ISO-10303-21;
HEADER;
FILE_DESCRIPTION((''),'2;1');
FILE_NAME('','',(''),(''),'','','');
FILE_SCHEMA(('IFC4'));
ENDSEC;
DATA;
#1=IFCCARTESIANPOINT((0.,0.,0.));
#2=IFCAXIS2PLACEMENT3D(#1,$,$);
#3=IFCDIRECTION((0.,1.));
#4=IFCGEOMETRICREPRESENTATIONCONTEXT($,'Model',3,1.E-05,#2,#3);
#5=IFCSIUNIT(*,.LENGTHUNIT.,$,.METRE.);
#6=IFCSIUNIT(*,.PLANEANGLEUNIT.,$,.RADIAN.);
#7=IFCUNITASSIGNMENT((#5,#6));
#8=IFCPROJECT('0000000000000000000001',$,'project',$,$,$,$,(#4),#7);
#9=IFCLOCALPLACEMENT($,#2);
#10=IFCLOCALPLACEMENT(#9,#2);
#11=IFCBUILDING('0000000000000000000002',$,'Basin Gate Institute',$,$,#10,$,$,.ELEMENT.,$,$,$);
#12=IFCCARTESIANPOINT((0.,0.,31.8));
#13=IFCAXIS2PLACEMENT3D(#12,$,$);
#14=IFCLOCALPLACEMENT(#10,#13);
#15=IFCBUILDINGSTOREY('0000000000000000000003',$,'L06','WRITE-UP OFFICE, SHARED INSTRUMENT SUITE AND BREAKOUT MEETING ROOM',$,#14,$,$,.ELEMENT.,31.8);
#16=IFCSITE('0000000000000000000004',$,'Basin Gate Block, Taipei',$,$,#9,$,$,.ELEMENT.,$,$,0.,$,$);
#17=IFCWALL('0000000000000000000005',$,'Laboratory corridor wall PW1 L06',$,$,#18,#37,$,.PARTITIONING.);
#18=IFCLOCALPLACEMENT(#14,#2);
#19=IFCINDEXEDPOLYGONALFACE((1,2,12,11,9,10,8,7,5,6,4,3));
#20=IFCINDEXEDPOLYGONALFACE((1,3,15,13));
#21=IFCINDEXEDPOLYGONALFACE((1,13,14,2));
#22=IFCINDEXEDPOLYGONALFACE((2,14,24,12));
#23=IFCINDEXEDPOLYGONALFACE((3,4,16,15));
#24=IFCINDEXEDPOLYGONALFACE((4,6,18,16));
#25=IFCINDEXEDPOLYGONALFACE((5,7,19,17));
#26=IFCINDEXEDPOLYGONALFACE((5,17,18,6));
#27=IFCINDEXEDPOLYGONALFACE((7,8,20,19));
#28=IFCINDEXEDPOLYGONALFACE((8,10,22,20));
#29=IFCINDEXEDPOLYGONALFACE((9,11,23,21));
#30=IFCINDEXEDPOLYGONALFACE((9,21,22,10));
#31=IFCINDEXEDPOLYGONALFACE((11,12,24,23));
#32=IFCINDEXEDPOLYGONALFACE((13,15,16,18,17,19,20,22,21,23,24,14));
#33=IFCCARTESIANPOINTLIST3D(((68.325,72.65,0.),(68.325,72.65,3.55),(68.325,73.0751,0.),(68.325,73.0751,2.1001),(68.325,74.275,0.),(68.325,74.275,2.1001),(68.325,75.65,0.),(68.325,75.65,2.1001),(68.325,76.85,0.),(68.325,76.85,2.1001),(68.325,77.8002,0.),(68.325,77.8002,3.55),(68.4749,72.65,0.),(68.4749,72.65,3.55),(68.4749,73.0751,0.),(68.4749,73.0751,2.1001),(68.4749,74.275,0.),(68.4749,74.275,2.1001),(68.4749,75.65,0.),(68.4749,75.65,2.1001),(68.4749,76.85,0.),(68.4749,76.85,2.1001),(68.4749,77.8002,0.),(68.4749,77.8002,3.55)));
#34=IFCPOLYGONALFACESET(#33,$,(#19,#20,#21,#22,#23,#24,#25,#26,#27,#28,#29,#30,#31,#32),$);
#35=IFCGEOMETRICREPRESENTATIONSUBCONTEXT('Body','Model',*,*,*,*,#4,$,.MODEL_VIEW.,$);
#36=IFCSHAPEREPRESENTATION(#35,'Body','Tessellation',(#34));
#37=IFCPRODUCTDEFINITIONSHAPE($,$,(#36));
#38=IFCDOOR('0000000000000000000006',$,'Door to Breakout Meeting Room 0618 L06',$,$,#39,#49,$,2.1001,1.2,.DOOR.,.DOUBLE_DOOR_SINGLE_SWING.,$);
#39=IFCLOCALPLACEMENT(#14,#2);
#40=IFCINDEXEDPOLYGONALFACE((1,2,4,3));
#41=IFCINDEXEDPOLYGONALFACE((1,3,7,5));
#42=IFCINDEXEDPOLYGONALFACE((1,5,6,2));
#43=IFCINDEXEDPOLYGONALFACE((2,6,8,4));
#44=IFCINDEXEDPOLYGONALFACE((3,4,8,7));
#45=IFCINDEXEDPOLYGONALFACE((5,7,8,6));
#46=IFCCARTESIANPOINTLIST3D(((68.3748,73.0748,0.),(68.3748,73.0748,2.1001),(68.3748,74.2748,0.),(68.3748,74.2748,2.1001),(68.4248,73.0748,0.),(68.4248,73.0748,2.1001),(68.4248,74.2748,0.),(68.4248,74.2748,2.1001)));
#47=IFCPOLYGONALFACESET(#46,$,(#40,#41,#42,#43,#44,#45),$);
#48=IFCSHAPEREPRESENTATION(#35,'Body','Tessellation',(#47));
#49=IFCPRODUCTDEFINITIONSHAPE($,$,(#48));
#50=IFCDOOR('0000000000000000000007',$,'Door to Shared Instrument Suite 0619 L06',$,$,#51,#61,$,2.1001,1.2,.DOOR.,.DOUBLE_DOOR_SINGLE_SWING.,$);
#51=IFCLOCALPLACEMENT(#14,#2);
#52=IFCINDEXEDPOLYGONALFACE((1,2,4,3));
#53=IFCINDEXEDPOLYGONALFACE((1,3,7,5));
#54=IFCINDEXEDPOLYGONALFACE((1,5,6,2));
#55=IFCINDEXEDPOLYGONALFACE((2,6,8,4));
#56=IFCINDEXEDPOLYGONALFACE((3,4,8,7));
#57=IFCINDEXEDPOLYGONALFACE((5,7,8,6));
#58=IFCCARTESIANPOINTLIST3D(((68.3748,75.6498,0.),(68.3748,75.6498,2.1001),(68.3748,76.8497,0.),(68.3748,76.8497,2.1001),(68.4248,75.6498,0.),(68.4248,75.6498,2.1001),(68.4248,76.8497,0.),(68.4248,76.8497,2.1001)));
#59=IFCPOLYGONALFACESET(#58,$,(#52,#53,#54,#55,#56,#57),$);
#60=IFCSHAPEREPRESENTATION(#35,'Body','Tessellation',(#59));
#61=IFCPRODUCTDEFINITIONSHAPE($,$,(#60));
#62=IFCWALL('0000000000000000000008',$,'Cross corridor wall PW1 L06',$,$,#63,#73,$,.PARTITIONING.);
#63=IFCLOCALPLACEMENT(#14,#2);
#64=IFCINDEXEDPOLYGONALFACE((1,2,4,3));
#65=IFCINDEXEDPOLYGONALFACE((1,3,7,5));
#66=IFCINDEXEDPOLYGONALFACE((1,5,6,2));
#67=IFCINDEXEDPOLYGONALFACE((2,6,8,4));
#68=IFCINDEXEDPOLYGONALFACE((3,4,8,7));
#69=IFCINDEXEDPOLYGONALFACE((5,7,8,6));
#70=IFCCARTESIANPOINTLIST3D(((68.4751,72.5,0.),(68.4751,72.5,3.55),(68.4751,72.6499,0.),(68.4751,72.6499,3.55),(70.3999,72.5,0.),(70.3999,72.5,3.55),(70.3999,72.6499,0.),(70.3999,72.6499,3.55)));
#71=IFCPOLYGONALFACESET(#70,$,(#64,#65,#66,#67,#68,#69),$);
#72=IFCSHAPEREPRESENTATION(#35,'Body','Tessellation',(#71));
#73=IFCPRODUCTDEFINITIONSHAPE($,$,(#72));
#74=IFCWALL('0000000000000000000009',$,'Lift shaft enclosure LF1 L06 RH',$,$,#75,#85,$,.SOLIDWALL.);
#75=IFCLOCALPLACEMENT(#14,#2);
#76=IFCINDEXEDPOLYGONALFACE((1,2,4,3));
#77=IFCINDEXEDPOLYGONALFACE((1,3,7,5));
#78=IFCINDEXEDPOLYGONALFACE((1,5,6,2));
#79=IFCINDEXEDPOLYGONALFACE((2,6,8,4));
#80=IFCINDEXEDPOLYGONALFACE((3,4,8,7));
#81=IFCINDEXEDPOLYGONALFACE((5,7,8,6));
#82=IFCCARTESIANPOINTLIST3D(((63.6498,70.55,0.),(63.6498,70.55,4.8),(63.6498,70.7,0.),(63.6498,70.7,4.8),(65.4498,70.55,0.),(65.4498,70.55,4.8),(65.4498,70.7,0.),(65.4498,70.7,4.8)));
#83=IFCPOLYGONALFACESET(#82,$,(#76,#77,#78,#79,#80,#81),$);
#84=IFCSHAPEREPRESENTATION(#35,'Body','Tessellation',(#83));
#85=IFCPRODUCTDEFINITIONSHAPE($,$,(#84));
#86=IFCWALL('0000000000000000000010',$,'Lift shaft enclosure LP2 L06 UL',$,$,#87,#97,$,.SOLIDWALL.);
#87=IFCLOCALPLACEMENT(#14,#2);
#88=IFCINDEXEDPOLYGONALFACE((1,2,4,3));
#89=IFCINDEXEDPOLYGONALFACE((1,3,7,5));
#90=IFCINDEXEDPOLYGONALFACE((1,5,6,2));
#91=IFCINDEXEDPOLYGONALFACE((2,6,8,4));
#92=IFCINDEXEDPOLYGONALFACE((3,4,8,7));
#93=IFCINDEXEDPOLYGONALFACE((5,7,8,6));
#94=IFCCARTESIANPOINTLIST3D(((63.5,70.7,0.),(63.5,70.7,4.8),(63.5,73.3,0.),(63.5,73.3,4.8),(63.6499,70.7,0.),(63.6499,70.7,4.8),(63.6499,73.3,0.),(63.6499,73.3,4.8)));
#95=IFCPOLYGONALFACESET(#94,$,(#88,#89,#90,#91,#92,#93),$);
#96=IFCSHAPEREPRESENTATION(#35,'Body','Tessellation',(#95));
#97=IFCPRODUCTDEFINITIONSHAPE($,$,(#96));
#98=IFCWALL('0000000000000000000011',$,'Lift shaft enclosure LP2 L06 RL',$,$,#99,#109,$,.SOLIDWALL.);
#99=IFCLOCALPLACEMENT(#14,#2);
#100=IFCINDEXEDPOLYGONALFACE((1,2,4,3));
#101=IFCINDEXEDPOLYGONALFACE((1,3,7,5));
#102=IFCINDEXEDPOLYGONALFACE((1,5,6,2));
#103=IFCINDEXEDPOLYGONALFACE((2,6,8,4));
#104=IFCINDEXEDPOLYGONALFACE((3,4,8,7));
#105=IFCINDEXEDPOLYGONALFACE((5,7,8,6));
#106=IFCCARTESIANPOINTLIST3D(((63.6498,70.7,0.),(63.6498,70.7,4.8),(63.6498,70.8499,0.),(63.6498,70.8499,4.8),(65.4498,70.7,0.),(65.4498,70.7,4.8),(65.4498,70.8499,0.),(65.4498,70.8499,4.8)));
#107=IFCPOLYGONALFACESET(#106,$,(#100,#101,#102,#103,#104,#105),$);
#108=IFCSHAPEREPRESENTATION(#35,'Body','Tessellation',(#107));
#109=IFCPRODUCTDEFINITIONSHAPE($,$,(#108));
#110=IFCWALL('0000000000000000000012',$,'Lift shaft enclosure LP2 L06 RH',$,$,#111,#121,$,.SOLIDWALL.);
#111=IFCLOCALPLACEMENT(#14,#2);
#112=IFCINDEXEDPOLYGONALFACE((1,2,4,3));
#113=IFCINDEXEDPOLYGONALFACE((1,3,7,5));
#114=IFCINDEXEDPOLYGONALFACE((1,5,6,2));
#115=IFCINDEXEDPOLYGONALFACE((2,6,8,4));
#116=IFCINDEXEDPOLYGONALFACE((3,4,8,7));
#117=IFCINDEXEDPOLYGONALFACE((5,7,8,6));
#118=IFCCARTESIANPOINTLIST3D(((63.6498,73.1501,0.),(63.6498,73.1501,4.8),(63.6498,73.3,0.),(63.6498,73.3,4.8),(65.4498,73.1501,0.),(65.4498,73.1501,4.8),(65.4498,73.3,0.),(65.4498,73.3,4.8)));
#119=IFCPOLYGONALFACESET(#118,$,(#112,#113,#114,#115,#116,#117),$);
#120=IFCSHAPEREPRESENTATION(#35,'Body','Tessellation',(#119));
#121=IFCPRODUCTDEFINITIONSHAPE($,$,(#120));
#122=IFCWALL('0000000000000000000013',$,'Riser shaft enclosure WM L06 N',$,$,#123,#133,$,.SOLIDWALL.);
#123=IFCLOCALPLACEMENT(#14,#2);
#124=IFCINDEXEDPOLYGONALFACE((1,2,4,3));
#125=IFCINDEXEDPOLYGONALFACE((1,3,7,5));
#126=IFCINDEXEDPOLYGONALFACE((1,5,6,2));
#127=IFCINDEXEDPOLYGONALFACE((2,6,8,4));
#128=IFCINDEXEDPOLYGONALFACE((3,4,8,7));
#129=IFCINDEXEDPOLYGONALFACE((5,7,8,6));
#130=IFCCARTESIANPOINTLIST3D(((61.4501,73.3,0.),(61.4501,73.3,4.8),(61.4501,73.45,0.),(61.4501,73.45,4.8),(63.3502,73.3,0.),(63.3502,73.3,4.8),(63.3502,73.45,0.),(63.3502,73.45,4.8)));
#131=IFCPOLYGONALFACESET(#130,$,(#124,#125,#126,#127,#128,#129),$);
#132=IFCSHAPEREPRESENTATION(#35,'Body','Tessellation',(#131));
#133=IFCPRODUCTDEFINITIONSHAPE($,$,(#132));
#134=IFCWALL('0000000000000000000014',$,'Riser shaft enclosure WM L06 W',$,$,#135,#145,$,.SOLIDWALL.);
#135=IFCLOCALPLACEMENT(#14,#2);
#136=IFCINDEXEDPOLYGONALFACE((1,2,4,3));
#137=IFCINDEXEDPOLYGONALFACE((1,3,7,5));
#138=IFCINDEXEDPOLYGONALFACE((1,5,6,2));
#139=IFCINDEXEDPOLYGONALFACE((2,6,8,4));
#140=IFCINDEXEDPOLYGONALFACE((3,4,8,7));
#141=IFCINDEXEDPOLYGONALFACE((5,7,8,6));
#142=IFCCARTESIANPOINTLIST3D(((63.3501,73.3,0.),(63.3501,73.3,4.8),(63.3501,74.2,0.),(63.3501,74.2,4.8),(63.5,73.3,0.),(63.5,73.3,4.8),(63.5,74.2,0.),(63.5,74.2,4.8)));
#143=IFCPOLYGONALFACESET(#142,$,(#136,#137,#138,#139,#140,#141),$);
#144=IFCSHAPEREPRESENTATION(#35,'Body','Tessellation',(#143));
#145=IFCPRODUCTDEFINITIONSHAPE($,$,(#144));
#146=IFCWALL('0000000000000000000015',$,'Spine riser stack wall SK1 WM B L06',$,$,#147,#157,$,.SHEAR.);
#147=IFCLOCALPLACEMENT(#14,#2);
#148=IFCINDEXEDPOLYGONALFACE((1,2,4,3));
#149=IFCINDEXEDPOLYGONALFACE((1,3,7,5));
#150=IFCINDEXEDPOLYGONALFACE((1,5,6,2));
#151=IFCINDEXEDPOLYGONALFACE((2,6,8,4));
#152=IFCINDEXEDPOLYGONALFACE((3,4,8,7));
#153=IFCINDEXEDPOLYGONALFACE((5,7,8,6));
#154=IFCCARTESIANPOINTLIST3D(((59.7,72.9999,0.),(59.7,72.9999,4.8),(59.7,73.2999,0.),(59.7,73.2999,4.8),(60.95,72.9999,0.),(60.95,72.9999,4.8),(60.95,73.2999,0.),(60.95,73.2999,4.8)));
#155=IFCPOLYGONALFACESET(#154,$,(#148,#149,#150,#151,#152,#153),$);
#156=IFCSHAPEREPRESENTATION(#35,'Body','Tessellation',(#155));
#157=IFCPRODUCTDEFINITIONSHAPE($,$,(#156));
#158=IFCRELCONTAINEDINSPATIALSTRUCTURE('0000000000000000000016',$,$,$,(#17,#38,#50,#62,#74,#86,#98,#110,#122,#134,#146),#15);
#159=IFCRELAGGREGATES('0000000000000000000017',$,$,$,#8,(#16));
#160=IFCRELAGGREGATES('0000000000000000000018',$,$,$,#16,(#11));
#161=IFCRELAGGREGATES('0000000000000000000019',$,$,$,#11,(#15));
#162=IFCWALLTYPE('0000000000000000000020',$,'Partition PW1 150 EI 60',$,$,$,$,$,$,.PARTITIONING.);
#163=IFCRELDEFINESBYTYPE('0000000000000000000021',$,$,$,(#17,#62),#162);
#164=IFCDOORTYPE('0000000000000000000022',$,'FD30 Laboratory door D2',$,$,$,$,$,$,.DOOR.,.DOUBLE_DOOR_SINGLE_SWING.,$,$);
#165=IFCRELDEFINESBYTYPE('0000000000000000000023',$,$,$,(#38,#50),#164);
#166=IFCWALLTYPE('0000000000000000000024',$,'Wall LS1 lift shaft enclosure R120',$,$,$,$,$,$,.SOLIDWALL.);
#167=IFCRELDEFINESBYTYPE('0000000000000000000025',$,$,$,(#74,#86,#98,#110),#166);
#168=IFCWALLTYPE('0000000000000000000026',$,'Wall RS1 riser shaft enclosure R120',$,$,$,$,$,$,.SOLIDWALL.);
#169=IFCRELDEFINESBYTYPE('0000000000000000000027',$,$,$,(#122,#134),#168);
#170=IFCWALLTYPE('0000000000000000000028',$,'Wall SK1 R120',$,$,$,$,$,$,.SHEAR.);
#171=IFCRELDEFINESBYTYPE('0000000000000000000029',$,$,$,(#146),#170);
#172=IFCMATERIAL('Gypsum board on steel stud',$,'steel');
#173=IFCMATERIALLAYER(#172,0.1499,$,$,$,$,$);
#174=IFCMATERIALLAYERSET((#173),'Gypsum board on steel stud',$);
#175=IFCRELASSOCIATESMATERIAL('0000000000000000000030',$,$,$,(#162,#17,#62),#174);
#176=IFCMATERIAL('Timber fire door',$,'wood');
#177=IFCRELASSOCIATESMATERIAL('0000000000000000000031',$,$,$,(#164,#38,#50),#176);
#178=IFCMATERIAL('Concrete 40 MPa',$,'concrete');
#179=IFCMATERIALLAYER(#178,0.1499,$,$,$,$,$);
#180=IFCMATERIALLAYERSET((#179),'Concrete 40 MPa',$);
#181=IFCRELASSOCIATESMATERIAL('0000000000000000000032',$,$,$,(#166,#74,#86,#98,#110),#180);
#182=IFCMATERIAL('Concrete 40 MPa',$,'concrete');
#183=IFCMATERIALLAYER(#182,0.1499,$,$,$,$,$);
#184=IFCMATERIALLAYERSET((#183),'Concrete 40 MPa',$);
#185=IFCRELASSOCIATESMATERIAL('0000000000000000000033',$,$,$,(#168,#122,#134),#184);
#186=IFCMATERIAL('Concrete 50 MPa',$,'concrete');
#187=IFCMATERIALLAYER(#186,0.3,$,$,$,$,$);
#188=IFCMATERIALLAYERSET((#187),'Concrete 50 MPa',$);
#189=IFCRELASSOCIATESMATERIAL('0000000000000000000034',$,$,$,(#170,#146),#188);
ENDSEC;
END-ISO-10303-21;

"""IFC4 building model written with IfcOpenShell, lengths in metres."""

from ifc_helpers import new_model, si_unit, direction, frame, frame_2d, origin, place, context, subcontext, project, spatial, rectangle, extrude, material, layer, layer_set, type_object, element, fill, save


model = new_model("IFC4")

# Units and contexts
model_context = context("Model", 3, precision=1e-05, world=origin(), true_north=direction((0.0, 1.0)))
body_context = subcontext(model_context, "Body", "Model", "MODEL_VIEW")
ifc_project = project(units=[si_unit("LENGTHUNIT", "METRE"), si_unit("PLANEANGLEUNIT", "RADIAN")], contexts=[model_context])

# Site, building, storey
site_placement = place(None, origin())
site = spatial("IfcSite", under=ifc_project, at=site_placement, Name="Basin Gate Block, Taipei", CompositionType="ELEMENT", RefElevation=0.0)
building_placement = place(site_placement, origin())
building = spatial("IfcBuilding", under=site, at=building_placement, Name="Basin Gate Institute", CompositionType="ELEMENT")
storey_placement = place(building_placement, frame((0.0, 0.0, 31.8)))
storey = spatial("IfcBuildingStorey", under=building, at=storey_placement, Name="L06", Description="WRITE-UP OFFICE, SHARED INSTRUMENT SUITE AND BREAKOUT MEETING ROOM", CompositionType="ELEMENT", Elevation=31.8)

# Shared definitions
ifc_material_1 = material(Name="Gypsum board on steel stud", Category="steel")
ifc_layer_1 = layer(ifc_material_1, 0.1499)
ifc_layer_set_1 = layer_set([ifc_layer_1], Name="Gypsum board on steel stud")
wall_type_1 = type_object("IfcWallType", Name="Partition PW1 150 EI 60", PredefinedType="PARTITIONING", material=ifc_layer_set_1)

# Wall, openings, doors
wall_1_placement = place(storey_placement, frame((68.3999, 72.6499, 0.0), z_axis=(0.0, 0.0, 1.0), x_axis=(0.0, 1.0, 0.0)))
wall_1 = element("IfcWall", 1, at=wall_1_placement, inside=storey, type_object=wall_type_1, material=ifc_layer_set_1, Name="Laboratory corridor wall PW1 L06", PredefinedType="PARTITIONING", context=body_context, shape_type="SweptSolid", body=[
    extrude(rectangle(XDim=5.1501, YDim=0.1499, at=frame_2d((2.5752, 0.0))), origin(), (0.0, 0.0, 1.0), 3.55),
])
opening_1_placement = place(wall_1_placement, frame((0.425, 0.0, 0.0)))
opening_1 = element("IfcOpeningElement", 2, at=opening_1_placement, cuts=wall_1, PredefinedType="OPENING", context=body_context, shape_type="SweptSolid", body=[
    extrude(rectangle(XDim=1.2, YDim=2.1001, at=frame_2d((0.6001, 1.05))), frame((0.0, 0.085, 0.0), z_axis=(0.0, -1.0, 0.0), x_axis=(1.0, 0.0, 0.0)), (0.0, 0.0, 1.0), 0.1699),
])
opening_2_placement = place(wall_1_placement, frame((3.0, 0.0, 0.0)))
opening_2 = element("IfcOpeningElement", 3, at=opening_2_placement, cuts=wall_1, PredefinedType="OPENING", context=body_context, shape_type="SweptSolid", body=[
    extrude(rectangle(XDim=1.2, YDim=2.1001, at=frame_2d((0.6001, 1.05))), frame((0.0, 0.085, 0.0), z_axis=(0.0, -1.0, 0.0), x_axis=(1.0, 0.0, 0.0)), (0.0, 0.0, 1.0), 0.1699),
])
ifc_material_2 = material(Name="Timber fire door", Category="wood")
door_type_1 = type_object("IfcDoorType", Name="FD30 Laboratory door D2", OperationType="DOUBLE_DOOR_SINGLE_SWING", PredefinedType="DOOR", material=ifc_material_2)
door_1_placement = place(opening_1_placement, frame((1.2, 0.0, 0.0), z_axis=(0.0, 0.0, 1.0), x_axis=(-1.0, 0.0, 0.0)))
door_1 = element("IfcDoor", 4, at=door_1_placement, inside=storey, type_object=door_type_1, material=ifc_material_2, Name="Door to Breakout Meeting Room 0618 L06", OperationType="DOUBLE_DOOR_SINGLE_SWING", OverallHeight=2.1001, OverallWidth=1.2, PredefinedType="DOOR", context=body_context, shape_type="SweptSolid", body=[
    extrude(rectangle(XDim=1.2, YDim=2.1001, at=frame_2d((0.6001, 1.05))), frame((0.0, 0.0249, 0.0), z_axis=(0.0, -1.0, 0.0), x_axis=(1.0, 0.0, 0.0)), (0.0, 0.0, 1.0), 0.05),
])
fill(opening_1, door_1)
door_2_placement = place(opening_2_placement, frame((1.2, 0.0, 0.0), z_axis=(0.0, 0.0, 1.0), x_axis=(-1.0, 0.0, 0.0)))
door_2 = element("IfcDoor", 5, at=door_2_placement, inside=storey, type_object=door_type_1, material=ifc_material_2, Name="Door to Shared Instrument Suite 0619 L06", OperationType="DOUBLE_DOOR_SINGLE_SWING", OverallHeight=2.1001, OverallWidth=1.2, PredefinedType="DOOR", context=body_context, shape_type="SweptSolid", body=[
    extrude(rectangle(XDim=1.2, YDim=2.1001, at=frame_2d((0.6001, 1.05))), frame((0.0, 0.0249, 0.0), z_axis=(0.0, -1.0, 0.0), x_axis=(1.0, 0.0, 0.0)), (0.0, 0.0, 1.0), 0.05),
])
fill(opening_2, door_2)

# Walls
wall_2_placement = place(storey_placement, frame((68.4751, 72.575, 0.0), z_axis=(0.0, 0.0, 1.0), x_axis=(1.0, 0.0, 0.0)))
element("IfcWall", 6, at=wall_2_placement, inside=storey, type_object=wall_type_1, material=ifc_layer_set_1, Name="Cross corridor wall PW1 L06", PredefinedType="PARTITIONING", context=body_context, shape_type="SweptSolid", body=[
    extrude(rectangle(XDim=1.9248, YDim=0.1499, at=frame_2d((0.9624, 0.0))), origin(), (0.0, 0.0, 1.0), 3.55),
])
ifc_material_3 = material(Name="Concrete 40 MPa", Category="concrete")
ifc_layer_2 = layer(ifc_material_3, 0.1499)
ifc_layer_set_2 = layer_set([ifc_layer_2], Name="Concrete 40 MPa")
wall_type_2 = type_object("IfcWallType", Name="Wall LS1 lift shaft enclosure R120", PredefinedType="SOLIDWALL", material=ifc_layer_set_2)
wall_3_placement = place(storey_placement, frame((63.6499, 70.625, 0.0), z_axis=(0.0, 0.0, 1.0), x_axis=(1.0, 0.0, 0.0)))
element("IfcWall", 7, at=wall_3_placement, inside=storey, type_object=wall_type_2, material=ifc_layer_set_2, Name="Lift shaft enclosure LF1 L06 RH", PredefinedType="SOLIDWALL", context=body_context, shape_type="SweptSolid", body=[
    extrude(rectangle(XDim=1.8, YDim=0.1499, at=frame_2d((0.8999, 0.0))), origin(), (0.0, 0.0, 1.0), 4.8),
])
wall_4_placement = place(storey_placement, frame((63.575, 70.7, 0.0), z_axis=(0.0, 0.0, 1.0), x_axis=(0.0, 1.0, 0.0)))
element("IfcWall", 8, at=wall_4_placement, inside=storey, type_object=wall_type_2, material=ifc_layer_set_2, Name="Lift shaft enclosure LP2 L06 UL", PredefinedType="SOLIDWALL", context=body_context, shape_type="SweptSolid", body=[
    extrude(rectangle(XDim=2.6001, YDim=0.1499, at=frame_2d((1.3, 0.0))), origin(), (0.0, 0.0, 1.0), 4.8),
])
for number, where, z_axis, x_axis, name in (
    (9, (63.6499, 70.7749, 0.0), (0.0, 0.0, 1.0), (1.0, 0.0, 0.0), "Lift shaft enclosure LP2 L06 RL"),
    (10, (63.6499, 73.2251, 0.0), (0.0, 0.0, 1.0), (1.0, 0.0, 0.0), "Lift shaft enclosure LP2 L06 RH"),
):
    element("IfcWall", number, at=place(storey_placement, frame(where, z_axis=z_axis, x_axis=x_axis)), inside=storey, type_object=wall_type_2, material=ifc_layer_set_2, Name=name, PredefinedType="SOLIDWALL", context=body_context, shape_type="SweptSolid", body=[
        extrude(rectangle(XDim=1.8, YDim=0.1499, at=frame_2d((0.8999, 0.0))), origin(), (0.0, 0.0, 1.0), 4.8),
    ])
ifc_material_4 = material(Name="Concrete 40 MPa", Category="concrete")
ifc_layer_3 = layer(ifc_material_4, 0.1499)
ifc_layer_set_3 = layer_set([ifc_layer_3], Name="Concrete 40 MPa")
wall_type_3 = type_object("IfcWallType", Name="Wall RS1 riser shaft enclosure R120", PredefinedType="SOLIDWALL", material=ifc_layer_set_3)
wall_5_placement = place(storey_placement, frame((61.45, 73.375, 0.0), z_axis=(0.0, 0.0, 1.0), x_axis=(1.0, 0.0, 0.0)))
element("IfcWall", 11, at=wall_5_placement, inside=storey, type_object=wall_type_3, material=ifc_layer_set_3, Name="Riser shaft enclosure WM L06 N", PredefinedType="SOLIDWALL", context=body_context, shape_type="SweptSolid", body=[
    extrude(rectangle(XDim=1.9001, YDim=0.1499, at=frame_2d((0.9502, 0.0))), origin(), (0.0, 0.0, 1.0), 4.8),
])
wall_6_placement = place(storey_placement, frame((63.425, 73.3, 0.0), z_axis=(0.0, 0.0, 1.0), x_axis=(0.0, 1.0, 0.0)))
element("IfcWall", 12, at=wall_6_placement, inside=storey, type_object=wall_type_3, material=ifc_layer_set_3, Name="Riser shaft enclosure WM L06 W", PredefinedType="SOLIDWALL", context=body_context, shape_type="SweptSolid", body=[
    extrude(rectangle(XDim=0.8999, YDim=0.1499, at=frame_2d((0.45, 0.0))), origin(), (0.0, 0.0, 1.0), 4.8),
])
ifc_material_5 = material(Name="Concrete 50 MPa", Category="concrete")
ifc_layer_4 = layer(ifc_material_5, 0.3)
ifc_layer_set_4 = layer_set([ifc_layer_4], Name="Concrete 50 MPa")
wall_type_4 = type_object("IfcWallType", Name="Wall SK1 R120", PredefinedType="SHEAR", material=ifc_layer_set_4)
wall_7_placement = place(storey_placement, frame((60.95, 73.1499, 0.0), z_axis=(0.0, 0.0, 1.0), x_axis=(-1.0, 0.0, 0.0)))
element("IfcWall", 13, at=wall_7_placement, inside=storey, type_object=wall_type_4, material=ifc_layer_set_4, Name="Spine riser stack wall SK1 WM B L06", PredefinedType="SHEAR", context=body_context, shape_type="SweptSolid", body=[
    extrude(rectangle(XDim=1.25, YDim=0.3, at=frame_2d((0.625, 0.0))), origin(), (0.0, 0.0, 1.0), 4.8),
])

save(model, "model.ifc")
